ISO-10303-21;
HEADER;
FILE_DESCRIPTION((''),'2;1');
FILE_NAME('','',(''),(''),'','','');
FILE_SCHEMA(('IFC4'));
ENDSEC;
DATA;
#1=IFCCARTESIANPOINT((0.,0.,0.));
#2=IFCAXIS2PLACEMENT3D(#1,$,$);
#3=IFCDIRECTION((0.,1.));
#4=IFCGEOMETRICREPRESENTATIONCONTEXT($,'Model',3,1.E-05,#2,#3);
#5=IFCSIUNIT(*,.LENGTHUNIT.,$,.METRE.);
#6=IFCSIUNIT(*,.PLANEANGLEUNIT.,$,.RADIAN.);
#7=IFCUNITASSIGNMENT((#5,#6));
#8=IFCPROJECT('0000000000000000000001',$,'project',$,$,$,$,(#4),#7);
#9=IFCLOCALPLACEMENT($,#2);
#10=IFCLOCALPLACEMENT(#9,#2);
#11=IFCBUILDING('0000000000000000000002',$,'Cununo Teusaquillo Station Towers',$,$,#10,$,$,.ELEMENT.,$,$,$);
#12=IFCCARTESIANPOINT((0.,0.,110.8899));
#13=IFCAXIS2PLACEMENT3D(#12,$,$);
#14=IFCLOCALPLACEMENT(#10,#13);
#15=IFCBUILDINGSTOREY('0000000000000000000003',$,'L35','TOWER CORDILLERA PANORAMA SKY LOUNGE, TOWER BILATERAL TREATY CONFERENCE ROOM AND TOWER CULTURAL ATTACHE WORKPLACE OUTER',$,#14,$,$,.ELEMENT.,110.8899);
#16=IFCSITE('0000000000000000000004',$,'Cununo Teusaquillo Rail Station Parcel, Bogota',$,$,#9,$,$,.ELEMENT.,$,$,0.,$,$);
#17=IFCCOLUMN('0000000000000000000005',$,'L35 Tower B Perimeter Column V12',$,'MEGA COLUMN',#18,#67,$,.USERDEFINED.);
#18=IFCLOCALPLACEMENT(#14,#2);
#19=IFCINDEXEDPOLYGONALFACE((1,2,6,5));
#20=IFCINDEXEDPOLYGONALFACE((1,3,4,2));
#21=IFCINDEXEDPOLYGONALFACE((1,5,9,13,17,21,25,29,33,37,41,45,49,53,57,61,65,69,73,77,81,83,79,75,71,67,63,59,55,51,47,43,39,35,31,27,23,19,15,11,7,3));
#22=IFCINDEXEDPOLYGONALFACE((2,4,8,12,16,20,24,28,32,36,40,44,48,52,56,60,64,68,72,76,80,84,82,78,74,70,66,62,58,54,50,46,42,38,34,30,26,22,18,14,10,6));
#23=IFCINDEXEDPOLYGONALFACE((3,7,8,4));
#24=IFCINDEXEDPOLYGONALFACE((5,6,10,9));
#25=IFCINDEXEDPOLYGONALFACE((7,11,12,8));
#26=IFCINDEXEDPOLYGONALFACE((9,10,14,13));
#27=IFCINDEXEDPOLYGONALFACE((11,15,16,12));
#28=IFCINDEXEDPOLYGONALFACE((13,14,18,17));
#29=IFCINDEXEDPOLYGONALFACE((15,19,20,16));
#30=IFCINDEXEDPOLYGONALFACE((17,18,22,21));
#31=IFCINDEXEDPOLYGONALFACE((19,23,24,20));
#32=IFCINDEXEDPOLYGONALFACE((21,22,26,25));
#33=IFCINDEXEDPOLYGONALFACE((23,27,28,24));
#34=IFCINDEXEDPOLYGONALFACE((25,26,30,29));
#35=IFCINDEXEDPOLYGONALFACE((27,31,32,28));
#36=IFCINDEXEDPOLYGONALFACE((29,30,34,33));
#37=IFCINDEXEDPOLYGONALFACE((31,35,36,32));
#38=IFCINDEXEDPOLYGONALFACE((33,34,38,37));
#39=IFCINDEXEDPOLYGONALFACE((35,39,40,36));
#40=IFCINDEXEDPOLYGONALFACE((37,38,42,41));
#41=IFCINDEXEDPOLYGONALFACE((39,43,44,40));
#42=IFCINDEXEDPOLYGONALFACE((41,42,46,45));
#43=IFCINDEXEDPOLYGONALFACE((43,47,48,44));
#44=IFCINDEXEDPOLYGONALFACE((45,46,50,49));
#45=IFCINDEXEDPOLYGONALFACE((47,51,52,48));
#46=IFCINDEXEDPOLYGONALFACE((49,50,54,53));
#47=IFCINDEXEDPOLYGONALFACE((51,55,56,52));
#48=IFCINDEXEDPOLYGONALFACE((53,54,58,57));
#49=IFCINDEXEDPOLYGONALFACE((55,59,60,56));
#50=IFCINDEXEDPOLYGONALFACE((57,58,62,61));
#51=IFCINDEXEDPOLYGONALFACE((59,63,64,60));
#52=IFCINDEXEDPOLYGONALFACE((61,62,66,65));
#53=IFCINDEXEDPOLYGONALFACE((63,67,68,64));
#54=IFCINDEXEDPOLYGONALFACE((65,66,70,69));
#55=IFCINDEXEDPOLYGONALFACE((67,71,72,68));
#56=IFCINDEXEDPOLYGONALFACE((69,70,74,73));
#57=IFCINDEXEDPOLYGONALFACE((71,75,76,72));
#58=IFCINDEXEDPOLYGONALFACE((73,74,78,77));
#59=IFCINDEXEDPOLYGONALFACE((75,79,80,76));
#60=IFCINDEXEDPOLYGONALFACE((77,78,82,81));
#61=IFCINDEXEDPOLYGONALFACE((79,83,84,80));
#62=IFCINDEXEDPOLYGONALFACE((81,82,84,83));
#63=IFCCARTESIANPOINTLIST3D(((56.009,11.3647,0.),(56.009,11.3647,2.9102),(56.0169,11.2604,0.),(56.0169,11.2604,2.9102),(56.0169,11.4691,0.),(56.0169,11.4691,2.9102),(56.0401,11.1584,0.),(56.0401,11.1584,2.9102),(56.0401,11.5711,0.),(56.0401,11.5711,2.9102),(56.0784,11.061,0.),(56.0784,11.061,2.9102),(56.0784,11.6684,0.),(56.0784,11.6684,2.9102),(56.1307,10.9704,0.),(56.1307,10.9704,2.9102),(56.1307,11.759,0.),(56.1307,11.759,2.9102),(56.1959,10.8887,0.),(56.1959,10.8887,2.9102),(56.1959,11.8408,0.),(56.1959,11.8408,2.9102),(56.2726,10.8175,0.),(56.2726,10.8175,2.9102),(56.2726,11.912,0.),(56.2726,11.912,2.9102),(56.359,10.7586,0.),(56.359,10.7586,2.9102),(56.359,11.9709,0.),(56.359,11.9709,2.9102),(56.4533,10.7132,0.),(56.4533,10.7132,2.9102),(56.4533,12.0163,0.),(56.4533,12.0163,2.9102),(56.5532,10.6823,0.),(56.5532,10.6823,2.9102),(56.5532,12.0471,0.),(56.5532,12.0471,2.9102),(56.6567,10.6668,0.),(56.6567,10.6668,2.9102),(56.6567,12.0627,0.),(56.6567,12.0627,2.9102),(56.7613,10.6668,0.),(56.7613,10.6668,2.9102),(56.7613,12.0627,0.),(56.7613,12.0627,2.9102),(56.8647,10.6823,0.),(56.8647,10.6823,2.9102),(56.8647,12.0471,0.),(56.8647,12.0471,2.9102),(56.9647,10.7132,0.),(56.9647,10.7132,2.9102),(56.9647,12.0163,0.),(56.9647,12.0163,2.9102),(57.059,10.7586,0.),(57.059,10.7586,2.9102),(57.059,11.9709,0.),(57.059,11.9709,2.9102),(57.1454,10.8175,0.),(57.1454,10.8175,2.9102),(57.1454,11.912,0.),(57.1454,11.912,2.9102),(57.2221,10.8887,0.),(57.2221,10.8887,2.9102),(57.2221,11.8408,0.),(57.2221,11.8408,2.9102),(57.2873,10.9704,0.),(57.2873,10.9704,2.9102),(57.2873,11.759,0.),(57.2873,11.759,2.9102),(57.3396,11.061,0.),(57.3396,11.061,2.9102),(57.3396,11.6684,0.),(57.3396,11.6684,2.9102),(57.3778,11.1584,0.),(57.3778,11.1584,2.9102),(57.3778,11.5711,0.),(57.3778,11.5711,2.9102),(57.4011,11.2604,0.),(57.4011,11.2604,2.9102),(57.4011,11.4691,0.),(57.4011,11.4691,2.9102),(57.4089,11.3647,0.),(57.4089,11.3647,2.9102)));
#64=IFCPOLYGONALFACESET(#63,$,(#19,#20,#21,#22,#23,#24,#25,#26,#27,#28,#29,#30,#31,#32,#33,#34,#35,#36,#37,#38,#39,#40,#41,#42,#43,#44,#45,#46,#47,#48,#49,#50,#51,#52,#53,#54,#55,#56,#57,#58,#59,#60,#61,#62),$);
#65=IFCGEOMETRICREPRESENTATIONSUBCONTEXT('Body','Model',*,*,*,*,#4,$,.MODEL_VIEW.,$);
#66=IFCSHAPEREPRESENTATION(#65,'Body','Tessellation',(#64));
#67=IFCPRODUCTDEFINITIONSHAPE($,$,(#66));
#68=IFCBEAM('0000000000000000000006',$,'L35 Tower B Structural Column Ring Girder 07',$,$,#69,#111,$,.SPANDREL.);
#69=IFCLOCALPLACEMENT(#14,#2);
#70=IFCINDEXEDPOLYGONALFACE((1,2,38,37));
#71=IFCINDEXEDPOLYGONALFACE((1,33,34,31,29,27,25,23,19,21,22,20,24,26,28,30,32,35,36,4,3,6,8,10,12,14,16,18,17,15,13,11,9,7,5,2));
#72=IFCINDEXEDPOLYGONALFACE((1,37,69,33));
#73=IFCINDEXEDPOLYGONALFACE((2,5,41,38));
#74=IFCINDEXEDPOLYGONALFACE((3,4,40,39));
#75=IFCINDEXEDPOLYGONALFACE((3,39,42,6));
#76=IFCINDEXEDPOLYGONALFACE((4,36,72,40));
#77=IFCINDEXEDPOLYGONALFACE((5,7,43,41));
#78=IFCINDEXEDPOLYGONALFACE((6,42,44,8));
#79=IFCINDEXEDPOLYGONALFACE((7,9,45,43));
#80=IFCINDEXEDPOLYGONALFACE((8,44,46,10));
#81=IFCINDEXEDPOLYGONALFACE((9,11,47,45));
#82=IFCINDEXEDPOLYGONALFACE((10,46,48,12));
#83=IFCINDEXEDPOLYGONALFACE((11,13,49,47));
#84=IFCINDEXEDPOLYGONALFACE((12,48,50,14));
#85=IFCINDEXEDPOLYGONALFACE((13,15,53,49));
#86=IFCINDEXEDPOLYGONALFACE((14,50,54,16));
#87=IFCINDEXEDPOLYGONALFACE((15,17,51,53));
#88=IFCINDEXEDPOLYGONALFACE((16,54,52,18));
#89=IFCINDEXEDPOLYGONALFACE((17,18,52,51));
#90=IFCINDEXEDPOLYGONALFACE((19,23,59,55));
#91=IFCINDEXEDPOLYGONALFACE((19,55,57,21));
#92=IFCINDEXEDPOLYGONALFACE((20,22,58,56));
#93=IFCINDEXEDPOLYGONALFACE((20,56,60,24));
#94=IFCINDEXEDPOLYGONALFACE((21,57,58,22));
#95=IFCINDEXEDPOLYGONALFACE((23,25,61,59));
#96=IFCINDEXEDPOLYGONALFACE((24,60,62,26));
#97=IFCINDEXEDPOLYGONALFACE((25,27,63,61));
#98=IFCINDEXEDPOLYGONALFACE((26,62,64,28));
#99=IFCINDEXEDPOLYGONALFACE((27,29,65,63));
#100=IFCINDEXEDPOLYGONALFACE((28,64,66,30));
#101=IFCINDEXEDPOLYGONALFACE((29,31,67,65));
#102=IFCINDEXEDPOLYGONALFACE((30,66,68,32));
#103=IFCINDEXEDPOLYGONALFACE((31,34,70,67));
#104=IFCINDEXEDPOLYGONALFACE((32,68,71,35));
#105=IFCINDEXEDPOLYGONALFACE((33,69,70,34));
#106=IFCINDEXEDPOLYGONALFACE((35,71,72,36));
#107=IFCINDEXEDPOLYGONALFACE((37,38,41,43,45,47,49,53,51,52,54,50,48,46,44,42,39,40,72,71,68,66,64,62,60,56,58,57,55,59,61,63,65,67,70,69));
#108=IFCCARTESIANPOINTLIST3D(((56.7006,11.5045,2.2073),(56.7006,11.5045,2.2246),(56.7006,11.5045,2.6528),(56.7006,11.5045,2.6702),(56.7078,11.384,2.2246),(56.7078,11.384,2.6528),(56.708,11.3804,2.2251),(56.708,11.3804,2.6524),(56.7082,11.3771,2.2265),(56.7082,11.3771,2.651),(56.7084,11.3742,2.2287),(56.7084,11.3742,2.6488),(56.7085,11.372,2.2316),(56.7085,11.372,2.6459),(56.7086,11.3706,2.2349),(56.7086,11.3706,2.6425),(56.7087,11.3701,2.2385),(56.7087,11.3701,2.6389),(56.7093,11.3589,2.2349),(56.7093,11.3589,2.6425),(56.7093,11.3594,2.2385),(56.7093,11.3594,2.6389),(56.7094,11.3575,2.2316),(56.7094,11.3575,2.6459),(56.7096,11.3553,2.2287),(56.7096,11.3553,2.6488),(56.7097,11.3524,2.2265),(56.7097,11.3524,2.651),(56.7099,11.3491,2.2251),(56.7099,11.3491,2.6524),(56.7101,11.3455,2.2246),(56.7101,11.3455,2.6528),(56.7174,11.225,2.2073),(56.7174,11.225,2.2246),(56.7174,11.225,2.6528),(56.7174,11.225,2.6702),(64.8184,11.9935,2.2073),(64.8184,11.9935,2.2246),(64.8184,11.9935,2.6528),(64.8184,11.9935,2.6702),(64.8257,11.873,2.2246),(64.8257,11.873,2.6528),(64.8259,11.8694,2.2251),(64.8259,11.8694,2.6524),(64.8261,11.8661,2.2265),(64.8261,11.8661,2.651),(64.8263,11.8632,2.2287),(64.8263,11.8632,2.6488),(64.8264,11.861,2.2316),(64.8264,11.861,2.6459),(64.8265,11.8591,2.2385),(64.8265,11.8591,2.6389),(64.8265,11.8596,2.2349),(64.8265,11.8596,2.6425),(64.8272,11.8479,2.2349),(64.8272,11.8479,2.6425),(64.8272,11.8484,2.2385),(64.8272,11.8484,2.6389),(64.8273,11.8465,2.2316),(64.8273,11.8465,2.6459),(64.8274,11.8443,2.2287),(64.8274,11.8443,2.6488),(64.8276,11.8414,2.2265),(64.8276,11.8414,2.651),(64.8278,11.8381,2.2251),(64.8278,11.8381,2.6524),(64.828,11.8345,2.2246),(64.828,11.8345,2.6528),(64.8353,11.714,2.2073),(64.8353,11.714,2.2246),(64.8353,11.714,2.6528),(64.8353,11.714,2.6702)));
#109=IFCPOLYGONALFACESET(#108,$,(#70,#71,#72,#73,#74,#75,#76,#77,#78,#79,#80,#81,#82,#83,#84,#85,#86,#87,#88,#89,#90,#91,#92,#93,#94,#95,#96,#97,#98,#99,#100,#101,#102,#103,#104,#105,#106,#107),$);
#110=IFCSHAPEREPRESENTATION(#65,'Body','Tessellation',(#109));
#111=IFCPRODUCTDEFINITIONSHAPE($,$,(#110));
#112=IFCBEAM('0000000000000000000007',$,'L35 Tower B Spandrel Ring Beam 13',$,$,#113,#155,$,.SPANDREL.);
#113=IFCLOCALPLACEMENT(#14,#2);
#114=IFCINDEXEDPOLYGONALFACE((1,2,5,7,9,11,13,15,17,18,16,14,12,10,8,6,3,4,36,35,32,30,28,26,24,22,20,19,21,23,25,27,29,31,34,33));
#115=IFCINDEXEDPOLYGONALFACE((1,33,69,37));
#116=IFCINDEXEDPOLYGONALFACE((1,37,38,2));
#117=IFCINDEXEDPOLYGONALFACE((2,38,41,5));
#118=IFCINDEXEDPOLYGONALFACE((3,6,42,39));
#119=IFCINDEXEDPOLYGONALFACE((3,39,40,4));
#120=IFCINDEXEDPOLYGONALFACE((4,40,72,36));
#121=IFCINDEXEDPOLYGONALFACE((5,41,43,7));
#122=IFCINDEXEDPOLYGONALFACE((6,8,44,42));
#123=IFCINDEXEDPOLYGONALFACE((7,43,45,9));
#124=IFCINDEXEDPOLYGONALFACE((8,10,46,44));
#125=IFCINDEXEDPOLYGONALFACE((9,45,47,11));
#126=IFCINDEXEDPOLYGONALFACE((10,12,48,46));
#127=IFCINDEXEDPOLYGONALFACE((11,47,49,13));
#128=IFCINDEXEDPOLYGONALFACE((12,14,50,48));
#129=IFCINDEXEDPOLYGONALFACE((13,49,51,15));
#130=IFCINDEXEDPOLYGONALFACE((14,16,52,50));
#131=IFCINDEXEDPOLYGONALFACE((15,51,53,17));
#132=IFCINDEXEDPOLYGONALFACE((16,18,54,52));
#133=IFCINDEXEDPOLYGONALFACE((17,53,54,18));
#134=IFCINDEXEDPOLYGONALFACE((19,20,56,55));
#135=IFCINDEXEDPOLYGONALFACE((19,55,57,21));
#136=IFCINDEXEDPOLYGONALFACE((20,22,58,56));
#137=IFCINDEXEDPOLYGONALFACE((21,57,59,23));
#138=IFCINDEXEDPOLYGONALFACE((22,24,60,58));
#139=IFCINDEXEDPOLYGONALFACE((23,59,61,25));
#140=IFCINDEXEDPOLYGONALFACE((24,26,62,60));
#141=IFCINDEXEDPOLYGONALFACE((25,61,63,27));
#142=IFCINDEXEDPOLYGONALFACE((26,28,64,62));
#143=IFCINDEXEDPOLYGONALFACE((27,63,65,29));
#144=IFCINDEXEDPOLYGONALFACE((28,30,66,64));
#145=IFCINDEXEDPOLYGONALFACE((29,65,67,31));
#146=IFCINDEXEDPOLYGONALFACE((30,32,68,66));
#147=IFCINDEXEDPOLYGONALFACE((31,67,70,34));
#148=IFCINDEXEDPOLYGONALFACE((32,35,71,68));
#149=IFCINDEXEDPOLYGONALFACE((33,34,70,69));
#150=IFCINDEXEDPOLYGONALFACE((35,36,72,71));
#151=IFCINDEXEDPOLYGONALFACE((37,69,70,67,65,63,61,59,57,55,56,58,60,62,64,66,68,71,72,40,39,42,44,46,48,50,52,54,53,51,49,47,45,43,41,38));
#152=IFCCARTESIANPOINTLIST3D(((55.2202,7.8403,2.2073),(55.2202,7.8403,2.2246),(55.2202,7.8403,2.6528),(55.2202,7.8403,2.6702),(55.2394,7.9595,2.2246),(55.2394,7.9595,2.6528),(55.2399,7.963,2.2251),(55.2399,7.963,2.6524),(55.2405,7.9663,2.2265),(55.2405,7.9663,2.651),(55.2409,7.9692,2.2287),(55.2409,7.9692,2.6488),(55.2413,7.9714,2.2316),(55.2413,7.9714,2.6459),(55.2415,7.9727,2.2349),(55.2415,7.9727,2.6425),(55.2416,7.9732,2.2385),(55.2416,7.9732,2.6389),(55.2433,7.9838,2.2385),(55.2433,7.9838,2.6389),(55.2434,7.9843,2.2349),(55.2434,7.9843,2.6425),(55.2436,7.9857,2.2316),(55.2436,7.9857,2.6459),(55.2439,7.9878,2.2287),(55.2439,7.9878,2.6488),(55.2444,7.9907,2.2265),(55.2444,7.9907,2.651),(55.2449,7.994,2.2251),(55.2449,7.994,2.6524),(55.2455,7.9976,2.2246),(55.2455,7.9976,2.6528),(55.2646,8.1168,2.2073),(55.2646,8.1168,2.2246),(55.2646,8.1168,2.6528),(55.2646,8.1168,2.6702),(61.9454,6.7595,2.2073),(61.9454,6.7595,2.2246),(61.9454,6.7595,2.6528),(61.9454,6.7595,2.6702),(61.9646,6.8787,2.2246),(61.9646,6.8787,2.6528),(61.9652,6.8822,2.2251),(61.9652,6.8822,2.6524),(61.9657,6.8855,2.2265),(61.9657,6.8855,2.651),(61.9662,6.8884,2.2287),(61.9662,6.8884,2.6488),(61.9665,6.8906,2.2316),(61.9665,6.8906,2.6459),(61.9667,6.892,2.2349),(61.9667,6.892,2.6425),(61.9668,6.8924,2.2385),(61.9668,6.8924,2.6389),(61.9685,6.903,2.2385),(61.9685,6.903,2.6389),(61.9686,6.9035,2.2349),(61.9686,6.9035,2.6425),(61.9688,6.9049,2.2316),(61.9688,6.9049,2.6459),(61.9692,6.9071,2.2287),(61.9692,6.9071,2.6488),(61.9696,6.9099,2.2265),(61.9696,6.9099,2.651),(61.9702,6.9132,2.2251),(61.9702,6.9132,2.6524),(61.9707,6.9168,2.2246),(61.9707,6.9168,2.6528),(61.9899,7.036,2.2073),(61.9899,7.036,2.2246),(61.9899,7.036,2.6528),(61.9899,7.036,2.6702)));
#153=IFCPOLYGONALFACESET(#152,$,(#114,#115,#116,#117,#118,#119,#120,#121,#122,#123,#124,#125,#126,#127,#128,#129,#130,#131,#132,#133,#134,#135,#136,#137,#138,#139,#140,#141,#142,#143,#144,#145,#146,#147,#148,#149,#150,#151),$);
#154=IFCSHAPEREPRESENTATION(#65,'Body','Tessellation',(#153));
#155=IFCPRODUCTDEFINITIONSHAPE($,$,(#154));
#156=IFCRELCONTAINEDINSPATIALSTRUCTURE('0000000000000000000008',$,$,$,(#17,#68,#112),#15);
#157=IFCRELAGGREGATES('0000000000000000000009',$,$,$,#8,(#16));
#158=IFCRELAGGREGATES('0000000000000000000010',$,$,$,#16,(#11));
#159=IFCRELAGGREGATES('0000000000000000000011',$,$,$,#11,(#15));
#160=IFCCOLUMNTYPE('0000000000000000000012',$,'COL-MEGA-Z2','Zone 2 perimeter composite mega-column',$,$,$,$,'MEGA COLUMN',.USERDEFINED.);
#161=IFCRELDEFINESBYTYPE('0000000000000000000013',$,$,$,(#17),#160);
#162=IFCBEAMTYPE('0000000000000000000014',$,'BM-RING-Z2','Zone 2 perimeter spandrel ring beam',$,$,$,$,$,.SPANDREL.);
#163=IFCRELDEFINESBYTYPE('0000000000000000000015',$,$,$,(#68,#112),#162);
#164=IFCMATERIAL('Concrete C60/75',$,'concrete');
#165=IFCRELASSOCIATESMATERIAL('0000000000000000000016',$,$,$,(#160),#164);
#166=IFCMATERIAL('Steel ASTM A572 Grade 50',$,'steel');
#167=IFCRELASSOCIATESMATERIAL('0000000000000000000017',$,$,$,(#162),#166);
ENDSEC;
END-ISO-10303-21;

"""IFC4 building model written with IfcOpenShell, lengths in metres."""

from ifc_helpers import new_model, si_unit, direction, frame, origin, origin_2d, place, context, subcontext, project, spatial, circle, i_section, extrude, material, material_profile, profile_set, type_object, element, save


model = new_model("IFC4")

# Units and contexts
model_context = context("Model", 3, precision=1e-05, world=origin(), true_north=direction((0.0, 1.0)))
body_context = subcontext(model_context, "Body", "Model", "MODEL_VIEW")
ifc_project = project(units=[si_unit("LENGTHUNIT", "METRE"), si_unit("PLANEANGLEUNIT", "RADIAN")], contexts=[model_context])

# Site, building, storey
site_placement = place(None, origin())
site = spatial("IfcSite", under=ifc_project, at=site_placement, Name="Cununo Teusaquillo Rail Station Parcel, Bogota", CompositionType="ELEMENT", RefElevation=0.0)
building_placement = place(site_placement, origin())
building = spatial("IfcBuilding", under=site, at=building_placement, Name="Cununo Teusaquillo Station Towers", CompositionType="ELEMENT")
storey_placement = place(building_placement, frame((0.0, 0.0, 110.8899)))
storey = spatial("IfcBuildingStorey", under=building, at=storey_placement, Name="L35", Description="TOWER CORDILLERA PANORAMA SKY LOUNGE, TOWER BILATERAL TREATY CONFERENCE ROOM AND TOWER CULTURAL ATTACHE WORKPLACE OUTER", CompositionType="ELEMENT", Elevation=110.8899)

# Column
ifc_material_1 = material(Name="Concrete C60/75", Category="concrete")
ifc_material_profile_1 = material_profile(ifc_material_1, circle(Radius=0.7, at=origin_2d()), Name="RC-CIRC-1400")
ifc_profile_set_1 = profile_set([ifc_material_profile_1], Name="Concrete C60/75")
column_type = type_object("IfcColumnType", Name="COL-MEGA-Z2", Description="Zone 2 perimeter composite mega-column", ElementType="MEGA COLUMN", PredefinedType="USERDEFINED", material=ifc_profile_set_1)
column_placement = place(storey_placement, frame((56.709, 11.3647, 0.0), z_axis=(0.0, 0.0, 1.0), x_axis=(1.0, 0.0, 0.0)))
element("IfcColumn", 1, at=column_placement, inside=storey, type_object=column_type, Name="L35 Tower B Perimeter Column V12", ObjectType="MEGA COLUMN", PredefinedType="USERDEFINED", context=body_context, shape_type="SweptSolid", body=[
    extrude(circle(Radius=0.7, at=origin_2d()), origin(), (0.0, 0.0, 1.0), 2.9102),
])

# Beams
ifc_material_2 = material(Name="Steel ASTM A572 Grade 50", Category="steel")
ifc_material_profile_2 = material_profile(ifc_material_2, i_section(OverallWidth=0.28, OverallDepth=0.4629, WebThickness=0.0107, FlangeThickness=0.0173, FilletRadius=0.0139, at=origin_2d()), Name="W18X76")
ifc_profile_set_2 = profile_set([ifc_material_profile_2], Name="Steel ASTM A572 Grade 50")
beam_type = type_object("IfcBeamType", Name="BM-RING-Z2", Description="Zone 2 perimeter spandrel ring beam", PredefinedType="SPANDREL", material=ifc_profile_set_2)
beam_1_placement = place(storey_placement, frame((56.709, 11.3647, 2.4387), z_axis=(0.998191, 0.06013, 0.0), x_axis=(-0.06013, 0.998191, 0.0)))
element("IfcBeam", 2, at=beam_1_placement, inside=storey, type_object=beam_type, Name="L35 Tower B Structural Column Ring Girder 07", PredefinedType="SPANDREL", context=body_context, shape_type="SweptSolid", body=[
    extrude(i_section(OverallWidth=0.28, OverallDepth=0.4629, WebThickness=0.0107, FlangeThickness=0.0173, FilletRadius=0.0139, at=origin_2d()), origin(), (0.0, 0.0, 1.0), 8.1326),
])
beam_2_placement = place(storey_placement, frame((55.2424, 7.9785, 2.4387), z_axis=(0.987331, -0.158671, 0.0), x_axis=(0.158671, 0.987331, 0.0)))
element("IfcBeam", 3, at=beam_2_placement, inside=storey, type_object=beam_type, Name="L35 Tower B Spandrel Ring Beam 13", PredefinedType="SPANDREL", context=body_context, shape_type="SweptSolid", body=[
    extrude(i_section(OverallWidth=0.28, OverallDepth=0.4629, WebThickness=0.0107, FlangeThickness=0.0173, FilletRadius=0.0139, at=origin_2d()), origin(), (0.0, 0.0, 1.0), 6.8115),
])

save(model, "model.ifc")
